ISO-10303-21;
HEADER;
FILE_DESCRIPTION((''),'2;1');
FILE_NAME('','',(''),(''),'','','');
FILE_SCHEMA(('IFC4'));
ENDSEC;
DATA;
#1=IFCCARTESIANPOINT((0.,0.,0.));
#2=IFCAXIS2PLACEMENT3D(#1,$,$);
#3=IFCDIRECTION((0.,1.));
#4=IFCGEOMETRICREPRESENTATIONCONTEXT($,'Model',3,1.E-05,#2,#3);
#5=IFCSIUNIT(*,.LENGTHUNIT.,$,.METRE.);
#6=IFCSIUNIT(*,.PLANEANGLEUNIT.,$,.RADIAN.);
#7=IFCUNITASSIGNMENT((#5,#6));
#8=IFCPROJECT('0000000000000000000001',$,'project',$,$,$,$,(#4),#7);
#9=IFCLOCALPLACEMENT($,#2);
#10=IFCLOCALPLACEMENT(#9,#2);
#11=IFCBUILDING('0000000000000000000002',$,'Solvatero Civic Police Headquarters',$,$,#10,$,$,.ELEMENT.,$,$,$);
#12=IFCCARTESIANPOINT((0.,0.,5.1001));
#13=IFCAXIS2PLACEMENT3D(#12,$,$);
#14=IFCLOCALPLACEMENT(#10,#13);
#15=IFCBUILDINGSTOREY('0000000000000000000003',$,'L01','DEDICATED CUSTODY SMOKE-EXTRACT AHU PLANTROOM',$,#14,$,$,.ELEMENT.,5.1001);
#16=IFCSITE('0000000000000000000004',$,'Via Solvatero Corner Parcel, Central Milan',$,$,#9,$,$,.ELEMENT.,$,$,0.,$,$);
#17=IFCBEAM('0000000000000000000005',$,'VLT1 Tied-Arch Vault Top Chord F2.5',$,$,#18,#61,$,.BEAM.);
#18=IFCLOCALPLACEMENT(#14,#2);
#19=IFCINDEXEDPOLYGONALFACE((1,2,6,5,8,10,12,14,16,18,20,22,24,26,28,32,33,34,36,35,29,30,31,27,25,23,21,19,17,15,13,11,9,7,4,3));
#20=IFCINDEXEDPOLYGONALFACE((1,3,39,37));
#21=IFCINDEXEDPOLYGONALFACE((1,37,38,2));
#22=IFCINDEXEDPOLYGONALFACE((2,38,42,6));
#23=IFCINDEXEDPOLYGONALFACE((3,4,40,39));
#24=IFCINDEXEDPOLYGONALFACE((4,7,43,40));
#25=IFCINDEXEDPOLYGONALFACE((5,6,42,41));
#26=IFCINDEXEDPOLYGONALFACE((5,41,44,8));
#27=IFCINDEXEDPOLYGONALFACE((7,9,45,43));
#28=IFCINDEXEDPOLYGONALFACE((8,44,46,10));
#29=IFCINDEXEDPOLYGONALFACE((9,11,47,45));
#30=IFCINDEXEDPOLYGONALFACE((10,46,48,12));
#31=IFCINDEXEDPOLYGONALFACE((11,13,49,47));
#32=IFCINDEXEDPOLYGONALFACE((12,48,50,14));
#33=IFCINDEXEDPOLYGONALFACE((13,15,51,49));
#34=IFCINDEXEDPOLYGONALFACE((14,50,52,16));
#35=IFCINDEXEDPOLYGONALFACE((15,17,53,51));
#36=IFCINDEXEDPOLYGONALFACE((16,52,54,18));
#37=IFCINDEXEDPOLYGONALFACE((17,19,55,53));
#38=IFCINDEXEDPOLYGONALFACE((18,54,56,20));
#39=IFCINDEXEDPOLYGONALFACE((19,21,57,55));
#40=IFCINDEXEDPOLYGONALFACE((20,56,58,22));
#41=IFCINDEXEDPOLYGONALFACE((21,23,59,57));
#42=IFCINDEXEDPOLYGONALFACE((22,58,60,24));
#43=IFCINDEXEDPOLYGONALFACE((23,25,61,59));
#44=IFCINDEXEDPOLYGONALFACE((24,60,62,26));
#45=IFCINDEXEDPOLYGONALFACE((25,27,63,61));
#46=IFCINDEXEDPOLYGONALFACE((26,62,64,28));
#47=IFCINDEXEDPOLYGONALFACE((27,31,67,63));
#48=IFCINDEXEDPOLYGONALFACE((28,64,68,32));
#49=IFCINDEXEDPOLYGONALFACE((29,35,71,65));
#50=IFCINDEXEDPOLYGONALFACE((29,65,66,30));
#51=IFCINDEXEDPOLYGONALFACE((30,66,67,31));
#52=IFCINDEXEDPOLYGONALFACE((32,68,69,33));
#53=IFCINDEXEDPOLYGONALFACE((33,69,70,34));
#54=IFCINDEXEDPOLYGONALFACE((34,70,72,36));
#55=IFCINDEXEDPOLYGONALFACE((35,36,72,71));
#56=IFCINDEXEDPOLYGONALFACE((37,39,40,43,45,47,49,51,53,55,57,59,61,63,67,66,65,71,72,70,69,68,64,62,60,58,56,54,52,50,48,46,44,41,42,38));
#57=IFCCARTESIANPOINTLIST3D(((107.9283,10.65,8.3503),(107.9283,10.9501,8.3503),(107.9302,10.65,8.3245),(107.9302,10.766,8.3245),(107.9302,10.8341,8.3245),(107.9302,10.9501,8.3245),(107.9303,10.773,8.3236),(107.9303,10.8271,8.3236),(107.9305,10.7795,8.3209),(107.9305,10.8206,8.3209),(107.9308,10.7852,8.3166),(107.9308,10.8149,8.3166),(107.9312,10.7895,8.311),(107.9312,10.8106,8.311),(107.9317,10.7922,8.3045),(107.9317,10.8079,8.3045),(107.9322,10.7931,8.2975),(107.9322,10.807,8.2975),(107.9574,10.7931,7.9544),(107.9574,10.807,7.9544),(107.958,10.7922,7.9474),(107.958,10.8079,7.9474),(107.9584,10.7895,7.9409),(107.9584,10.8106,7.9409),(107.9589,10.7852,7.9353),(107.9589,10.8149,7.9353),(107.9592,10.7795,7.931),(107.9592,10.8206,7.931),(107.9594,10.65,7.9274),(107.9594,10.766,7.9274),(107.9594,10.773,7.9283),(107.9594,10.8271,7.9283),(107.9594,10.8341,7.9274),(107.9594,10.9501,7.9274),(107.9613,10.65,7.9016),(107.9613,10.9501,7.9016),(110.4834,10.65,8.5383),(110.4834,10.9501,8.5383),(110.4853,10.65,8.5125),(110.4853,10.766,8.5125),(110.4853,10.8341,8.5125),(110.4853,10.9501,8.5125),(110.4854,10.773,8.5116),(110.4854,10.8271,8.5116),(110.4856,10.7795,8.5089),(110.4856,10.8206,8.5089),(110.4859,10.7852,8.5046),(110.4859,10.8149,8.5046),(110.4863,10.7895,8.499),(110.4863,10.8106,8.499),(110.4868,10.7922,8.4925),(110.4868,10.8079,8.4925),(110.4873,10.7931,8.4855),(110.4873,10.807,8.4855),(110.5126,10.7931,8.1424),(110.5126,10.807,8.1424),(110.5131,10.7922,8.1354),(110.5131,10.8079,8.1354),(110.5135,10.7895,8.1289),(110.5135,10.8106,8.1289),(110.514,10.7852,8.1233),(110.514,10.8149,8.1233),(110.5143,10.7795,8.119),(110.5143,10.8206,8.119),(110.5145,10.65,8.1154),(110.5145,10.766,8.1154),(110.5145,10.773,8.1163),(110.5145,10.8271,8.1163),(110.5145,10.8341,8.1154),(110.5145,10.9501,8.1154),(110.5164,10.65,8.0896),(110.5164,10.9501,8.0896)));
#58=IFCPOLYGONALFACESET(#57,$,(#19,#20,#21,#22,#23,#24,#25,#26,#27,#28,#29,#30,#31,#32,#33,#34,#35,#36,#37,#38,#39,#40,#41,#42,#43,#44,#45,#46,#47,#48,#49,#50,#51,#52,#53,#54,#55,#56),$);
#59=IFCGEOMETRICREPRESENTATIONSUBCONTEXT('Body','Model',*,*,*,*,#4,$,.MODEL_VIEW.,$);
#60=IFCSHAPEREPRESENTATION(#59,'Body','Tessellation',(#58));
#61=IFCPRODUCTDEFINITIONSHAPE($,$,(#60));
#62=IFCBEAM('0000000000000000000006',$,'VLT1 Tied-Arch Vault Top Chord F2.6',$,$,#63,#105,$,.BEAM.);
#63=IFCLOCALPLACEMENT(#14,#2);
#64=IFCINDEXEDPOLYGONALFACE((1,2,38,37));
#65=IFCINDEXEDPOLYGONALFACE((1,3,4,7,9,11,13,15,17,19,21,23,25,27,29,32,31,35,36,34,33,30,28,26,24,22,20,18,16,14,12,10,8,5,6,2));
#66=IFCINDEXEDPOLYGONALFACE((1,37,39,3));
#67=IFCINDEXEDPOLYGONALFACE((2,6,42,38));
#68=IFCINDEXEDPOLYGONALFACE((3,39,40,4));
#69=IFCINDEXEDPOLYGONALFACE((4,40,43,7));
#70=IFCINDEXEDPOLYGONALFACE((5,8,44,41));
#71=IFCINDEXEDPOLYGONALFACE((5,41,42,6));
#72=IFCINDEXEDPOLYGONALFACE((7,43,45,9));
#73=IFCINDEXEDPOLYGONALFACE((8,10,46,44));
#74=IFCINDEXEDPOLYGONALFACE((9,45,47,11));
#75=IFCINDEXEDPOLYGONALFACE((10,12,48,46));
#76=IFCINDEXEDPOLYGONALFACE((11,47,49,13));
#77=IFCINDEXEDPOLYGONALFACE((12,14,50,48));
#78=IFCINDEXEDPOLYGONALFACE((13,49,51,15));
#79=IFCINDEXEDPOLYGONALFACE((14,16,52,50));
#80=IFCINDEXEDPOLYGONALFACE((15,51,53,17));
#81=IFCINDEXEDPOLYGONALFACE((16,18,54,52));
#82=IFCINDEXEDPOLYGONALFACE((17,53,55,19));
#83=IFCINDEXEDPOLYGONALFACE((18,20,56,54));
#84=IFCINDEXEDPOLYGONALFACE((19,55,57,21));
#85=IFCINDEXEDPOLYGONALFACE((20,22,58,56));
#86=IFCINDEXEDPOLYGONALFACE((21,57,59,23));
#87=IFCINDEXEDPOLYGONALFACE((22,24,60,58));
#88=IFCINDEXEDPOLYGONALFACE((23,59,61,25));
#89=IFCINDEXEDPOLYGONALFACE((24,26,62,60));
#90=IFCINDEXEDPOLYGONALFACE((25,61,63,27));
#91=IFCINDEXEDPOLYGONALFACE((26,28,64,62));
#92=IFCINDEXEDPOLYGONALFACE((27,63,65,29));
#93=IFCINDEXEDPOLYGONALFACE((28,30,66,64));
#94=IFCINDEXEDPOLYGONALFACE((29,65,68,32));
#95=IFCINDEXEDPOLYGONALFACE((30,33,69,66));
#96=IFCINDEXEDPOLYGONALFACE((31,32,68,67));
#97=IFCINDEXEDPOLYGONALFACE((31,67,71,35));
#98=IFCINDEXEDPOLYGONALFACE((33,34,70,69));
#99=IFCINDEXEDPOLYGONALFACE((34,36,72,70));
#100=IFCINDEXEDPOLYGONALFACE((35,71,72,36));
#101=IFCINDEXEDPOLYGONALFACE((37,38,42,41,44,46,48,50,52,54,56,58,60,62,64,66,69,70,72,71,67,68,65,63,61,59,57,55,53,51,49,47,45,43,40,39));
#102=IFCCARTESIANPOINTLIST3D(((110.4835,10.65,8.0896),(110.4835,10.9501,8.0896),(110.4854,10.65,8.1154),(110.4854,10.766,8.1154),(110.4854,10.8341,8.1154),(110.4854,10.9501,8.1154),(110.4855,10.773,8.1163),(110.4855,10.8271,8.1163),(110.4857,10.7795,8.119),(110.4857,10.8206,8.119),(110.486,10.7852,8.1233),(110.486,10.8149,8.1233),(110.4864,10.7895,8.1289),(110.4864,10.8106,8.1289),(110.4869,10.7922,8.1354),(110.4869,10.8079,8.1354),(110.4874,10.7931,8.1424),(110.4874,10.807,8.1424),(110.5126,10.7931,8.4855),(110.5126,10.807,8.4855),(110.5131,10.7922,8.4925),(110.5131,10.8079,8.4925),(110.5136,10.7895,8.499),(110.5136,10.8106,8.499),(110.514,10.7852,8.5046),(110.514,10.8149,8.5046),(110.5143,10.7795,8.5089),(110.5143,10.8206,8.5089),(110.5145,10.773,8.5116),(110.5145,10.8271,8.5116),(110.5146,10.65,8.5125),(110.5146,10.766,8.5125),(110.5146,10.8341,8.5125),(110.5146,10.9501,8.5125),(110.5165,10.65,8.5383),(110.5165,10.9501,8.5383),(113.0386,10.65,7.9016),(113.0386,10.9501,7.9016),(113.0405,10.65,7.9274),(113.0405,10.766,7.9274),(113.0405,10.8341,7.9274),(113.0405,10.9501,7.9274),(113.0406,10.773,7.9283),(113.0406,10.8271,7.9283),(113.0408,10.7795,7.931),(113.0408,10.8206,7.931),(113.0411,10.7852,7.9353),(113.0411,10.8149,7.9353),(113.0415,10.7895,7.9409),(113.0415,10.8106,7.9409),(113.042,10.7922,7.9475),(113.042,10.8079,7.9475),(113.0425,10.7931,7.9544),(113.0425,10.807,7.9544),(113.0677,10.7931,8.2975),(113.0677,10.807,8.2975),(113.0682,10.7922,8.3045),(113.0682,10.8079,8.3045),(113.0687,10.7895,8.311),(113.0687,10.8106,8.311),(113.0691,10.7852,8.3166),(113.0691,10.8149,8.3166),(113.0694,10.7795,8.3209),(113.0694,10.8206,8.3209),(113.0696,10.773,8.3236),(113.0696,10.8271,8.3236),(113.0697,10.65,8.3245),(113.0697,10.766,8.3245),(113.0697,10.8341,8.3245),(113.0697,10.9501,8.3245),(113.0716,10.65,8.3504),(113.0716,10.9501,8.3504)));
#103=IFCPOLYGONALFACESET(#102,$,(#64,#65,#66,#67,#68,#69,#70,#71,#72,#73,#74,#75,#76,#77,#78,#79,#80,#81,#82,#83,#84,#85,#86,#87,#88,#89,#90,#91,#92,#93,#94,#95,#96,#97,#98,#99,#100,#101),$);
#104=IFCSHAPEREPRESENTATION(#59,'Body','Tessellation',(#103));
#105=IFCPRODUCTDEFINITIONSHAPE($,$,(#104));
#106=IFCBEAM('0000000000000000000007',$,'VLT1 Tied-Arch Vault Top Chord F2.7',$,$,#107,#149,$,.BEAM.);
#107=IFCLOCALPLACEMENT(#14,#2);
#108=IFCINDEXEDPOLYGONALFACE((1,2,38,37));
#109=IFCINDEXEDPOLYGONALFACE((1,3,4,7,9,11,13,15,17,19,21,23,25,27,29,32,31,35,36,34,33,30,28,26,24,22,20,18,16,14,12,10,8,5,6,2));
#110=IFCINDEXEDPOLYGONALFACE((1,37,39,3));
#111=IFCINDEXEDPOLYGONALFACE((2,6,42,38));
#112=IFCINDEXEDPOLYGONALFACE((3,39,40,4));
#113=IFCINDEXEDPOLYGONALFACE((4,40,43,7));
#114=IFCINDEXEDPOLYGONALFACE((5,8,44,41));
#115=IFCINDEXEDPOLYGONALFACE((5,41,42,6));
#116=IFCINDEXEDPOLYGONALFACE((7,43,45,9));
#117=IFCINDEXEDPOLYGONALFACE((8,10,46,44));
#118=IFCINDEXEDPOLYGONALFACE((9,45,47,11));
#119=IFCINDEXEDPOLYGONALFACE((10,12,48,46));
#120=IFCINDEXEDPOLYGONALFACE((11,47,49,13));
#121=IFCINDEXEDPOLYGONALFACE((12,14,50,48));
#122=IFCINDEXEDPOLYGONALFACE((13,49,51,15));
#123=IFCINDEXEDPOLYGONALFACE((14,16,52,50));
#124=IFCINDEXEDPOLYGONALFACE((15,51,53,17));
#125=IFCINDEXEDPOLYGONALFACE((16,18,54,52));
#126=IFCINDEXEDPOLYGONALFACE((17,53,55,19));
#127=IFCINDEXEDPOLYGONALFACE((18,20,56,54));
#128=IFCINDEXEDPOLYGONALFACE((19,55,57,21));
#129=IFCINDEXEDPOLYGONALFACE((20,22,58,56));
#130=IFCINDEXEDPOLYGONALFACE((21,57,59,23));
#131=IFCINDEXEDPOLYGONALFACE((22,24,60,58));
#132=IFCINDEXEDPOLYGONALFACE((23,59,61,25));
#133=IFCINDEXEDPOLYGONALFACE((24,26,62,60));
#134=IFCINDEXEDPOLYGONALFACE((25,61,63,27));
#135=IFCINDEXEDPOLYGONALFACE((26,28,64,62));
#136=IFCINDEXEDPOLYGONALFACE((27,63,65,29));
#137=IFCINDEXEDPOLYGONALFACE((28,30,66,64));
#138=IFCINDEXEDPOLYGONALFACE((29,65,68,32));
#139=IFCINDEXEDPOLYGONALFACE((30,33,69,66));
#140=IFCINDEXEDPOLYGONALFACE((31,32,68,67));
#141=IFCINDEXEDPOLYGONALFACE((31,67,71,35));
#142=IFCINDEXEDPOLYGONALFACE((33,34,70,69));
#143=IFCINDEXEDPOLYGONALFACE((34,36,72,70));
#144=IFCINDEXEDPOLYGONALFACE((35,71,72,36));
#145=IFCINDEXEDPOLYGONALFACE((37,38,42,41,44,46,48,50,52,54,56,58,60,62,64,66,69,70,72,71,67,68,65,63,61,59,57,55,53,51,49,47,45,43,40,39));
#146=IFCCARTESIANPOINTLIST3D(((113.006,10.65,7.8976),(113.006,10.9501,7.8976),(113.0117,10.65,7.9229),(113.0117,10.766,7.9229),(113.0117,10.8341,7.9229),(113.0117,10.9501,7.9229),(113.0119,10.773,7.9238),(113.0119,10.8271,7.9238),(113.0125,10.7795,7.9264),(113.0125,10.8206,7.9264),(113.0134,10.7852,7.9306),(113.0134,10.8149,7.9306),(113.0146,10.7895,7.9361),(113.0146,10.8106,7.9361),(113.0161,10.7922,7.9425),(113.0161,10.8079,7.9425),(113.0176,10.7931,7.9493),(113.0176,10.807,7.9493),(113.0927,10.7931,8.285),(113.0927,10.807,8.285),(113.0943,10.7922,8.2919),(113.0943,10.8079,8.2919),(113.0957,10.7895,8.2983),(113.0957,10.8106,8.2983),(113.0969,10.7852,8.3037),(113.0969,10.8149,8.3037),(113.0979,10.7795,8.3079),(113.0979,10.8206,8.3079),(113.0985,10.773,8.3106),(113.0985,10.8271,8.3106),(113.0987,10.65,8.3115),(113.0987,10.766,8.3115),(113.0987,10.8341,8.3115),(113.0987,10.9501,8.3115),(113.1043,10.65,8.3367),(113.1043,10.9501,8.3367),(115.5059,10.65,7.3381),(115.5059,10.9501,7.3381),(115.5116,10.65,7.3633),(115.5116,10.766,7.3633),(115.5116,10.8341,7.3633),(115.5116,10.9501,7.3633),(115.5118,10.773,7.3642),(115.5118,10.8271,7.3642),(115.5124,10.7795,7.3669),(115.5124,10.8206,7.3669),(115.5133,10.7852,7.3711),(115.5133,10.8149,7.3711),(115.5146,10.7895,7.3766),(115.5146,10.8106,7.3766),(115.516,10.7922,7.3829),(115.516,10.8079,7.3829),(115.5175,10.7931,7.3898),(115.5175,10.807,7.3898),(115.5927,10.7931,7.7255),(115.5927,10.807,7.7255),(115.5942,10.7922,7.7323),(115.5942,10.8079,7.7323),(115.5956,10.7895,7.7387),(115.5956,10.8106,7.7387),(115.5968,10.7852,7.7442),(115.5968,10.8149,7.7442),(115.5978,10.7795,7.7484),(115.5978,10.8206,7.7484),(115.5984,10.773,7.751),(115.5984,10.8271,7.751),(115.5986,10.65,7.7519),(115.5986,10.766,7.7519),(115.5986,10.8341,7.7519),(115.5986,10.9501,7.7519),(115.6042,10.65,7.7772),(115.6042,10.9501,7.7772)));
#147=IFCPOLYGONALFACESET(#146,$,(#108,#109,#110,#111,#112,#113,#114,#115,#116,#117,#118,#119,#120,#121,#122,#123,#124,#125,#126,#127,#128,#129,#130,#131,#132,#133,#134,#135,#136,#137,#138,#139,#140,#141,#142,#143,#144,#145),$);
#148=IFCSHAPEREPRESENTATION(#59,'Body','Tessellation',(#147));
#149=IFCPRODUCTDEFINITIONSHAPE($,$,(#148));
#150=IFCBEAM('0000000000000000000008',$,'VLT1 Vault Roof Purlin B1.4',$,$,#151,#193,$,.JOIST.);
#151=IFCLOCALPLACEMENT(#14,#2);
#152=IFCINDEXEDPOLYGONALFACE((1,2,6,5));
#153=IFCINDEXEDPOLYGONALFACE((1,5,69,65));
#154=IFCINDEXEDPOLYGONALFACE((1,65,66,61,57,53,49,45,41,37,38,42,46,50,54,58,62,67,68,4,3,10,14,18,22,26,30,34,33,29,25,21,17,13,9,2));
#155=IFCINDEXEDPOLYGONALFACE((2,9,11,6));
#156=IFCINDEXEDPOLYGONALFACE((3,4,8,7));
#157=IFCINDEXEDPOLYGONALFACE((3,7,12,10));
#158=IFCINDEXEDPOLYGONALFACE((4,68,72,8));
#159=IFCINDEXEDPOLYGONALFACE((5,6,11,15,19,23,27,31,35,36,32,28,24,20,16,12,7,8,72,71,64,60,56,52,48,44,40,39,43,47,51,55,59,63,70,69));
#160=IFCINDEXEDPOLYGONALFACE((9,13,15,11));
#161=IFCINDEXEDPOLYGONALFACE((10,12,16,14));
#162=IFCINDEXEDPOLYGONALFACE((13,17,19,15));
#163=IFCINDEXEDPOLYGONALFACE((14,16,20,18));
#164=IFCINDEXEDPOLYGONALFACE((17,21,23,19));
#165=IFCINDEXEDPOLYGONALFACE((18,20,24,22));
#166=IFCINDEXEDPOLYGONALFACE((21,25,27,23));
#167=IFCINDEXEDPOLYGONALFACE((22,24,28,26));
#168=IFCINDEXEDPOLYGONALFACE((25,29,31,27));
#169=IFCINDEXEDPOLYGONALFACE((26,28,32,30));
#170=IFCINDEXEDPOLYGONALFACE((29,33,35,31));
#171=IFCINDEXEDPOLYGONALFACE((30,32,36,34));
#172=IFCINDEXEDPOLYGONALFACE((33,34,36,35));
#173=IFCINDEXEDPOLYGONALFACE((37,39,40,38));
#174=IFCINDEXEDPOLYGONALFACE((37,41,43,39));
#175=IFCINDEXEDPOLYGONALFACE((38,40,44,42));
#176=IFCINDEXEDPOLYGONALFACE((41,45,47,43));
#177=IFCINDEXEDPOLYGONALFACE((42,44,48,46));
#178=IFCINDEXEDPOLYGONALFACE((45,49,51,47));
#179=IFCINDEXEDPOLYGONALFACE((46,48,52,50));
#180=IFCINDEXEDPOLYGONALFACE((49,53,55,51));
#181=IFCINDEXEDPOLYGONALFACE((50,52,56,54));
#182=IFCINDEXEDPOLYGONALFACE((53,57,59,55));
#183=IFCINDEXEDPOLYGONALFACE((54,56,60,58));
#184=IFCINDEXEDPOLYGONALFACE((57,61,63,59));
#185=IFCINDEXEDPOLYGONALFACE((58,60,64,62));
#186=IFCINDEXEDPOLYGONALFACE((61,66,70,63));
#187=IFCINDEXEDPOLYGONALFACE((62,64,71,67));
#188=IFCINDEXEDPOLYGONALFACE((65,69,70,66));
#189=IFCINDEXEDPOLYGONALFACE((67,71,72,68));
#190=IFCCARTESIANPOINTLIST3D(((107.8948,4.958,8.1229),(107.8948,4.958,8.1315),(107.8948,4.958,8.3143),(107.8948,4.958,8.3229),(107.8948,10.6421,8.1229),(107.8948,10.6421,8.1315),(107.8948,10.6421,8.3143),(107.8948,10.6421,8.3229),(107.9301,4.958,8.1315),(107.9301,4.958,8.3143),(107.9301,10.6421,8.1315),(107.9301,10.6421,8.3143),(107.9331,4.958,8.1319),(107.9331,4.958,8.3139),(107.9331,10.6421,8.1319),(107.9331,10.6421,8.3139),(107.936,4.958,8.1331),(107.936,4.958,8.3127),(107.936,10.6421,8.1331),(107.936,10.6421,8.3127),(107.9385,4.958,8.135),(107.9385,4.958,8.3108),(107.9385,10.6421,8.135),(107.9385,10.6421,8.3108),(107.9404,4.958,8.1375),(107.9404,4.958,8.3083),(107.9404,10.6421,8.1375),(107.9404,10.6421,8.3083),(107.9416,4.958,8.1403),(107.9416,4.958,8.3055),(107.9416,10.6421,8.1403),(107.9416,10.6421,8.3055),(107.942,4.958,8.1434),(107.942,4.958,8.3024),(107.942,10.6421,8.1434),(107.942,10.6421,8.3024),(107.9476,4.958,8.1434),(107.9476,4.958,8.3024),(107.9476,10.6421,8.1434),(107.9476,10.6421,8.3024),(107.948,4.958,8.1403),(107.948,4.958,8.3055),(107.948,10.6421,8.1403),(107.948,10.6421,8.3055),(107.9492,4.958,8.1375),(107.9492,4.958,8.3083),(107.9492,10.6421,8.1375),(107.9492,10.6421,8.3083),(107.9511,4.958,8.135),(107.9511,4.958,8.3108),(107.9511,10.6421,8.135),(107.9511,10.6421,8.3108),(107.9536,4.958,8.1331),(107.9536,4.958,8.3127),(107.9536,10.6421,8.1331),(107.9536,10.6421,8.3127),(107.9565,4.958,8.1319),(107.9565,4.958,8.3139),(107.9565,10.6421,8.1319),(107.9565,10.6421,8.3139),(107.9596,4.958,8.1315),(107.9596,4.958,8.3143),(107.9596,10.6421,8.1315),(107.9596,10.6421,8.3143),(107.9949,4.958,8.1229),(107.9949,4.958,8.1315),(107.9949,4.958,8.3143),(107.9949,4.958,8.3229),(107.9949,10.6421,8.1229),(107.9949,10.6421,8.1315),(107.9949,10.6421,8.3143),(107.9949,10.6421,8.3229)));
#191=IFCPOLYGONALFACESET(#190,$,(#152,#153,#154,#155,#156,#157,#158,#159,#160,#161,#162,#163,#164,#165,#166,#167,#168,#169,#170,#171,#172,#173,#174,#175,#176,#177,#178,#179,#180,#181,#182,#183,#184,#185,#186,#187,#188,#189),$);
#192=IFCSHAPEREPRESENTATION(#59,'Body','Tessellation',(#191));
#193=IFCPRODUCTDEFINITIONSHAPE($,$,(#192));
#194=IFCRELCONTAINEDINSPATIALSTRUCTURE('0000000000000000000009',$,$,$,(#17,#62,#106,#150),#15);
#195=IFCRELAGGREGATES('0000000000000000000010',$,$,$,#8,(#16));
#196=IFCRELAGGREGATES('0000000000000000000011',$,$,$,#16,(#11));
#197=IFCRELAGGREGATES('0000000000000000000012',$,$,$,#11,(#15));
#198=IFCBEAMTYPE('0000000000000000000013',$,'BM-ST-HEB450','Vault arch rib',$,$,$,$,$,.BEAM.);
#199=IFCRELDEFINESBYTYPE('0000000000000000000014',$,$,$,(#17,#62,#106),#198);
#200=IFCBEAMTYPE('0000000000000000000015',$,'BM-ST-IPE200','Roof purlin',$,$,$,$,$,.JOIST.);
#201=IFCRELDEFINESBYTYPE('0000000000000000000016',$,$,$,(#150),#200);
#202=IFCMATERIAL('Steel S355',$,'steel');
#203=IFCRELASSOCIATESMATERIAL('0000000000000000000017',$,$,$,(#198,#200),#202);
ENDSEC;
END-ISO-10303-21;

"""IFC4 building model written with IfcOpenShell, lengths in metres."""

from ifc_helpers import new_model, si_unit, direction, frame, origin, origin_2d, place, context, subcontext, project, spatial, i_section, extrude, material, material_profile, profile_set, type_object, element, save


model = new_model("IFC4")

# Units and contexts
model_context = context("Model", 3, precision=1e-05, world=origin(), true_north=direction((0.0, 1.0)))
body_context = subcontext(model_context, "Body", "Model", "MODEL_VIEW")
ifc_project = project(units=[si_unit("LENGTHUNIT", "METRE"), si_unit("PLANEANGLEUNIT", "RADIAN")], contexts=[model_context])

# Site, building, storey
site_placement = place(None, origin())
site = spatial("IfcSite", under=ifc_project, at=site_placement, Name="Via Solvatero Corner Parcel, Central Milan", CompositionType="ELEMENT", RefElevation=0.0)
building_placement = place(site_placement, origin())
building = spatial("IfcBuilding", under=site, at=building_placement, Name="Solvatero Civic Police Headquarters", CompositionType="ELEMENT")
storey_placement = place(building_placement, frame((0.0, 0.0, 5.1001)))
storey = spatial("IfcBuildingStorey", under=building, at=storey_placement, Name="L01", Description="DEDICATED CUSTODY SMOKE-EXTRACT AHU PLANTROOM", CompositionType="ELEMENT", Elevation=5.1001)

# Beams
ifc_material_1 = material(Name="Steel S355", Category="steel")
ifc_material_profile_1 = material_profile(ifc_material_1, i_section(OverallWidth=0.3, OverallDepth=0.45, WebThickness=0.0139, FlangeThickness=0.0259, FilletRadius=0.0271, at=origin_2d()), Name="HEB 450")
ifc_profile_set_1 = profile_set([ifc_material_profile_1], Name="Steel S355")
beam_type_1 = type_object("IfcBeamType", Name="BM-ST-HEB450", Description="Vault arch rib", PredefinedType="BEAM", material=ifc_profile_set_1)
for number, where, z_axis, x_axis, name in (
    (1, (107.9448, 10.8, 8.126), (0.997305, 0.0, 0.073373), (0.0, 1.0, 0.0), "VLT1 Tied-Arch Vault Top Chord F2.5"),
    (2, (110.5, 10.8, 8.314), (0.997305, 0.0, -0.073373), (0.0, 1.0, 0.0), "VLT1 Tied-Arch Vault Top Chord F2.6"),
):
    element("IfcBeam", number, at=place(storey_placement, frame(where, z_axis=z_axis, x_axis=x_axis)), inside=storey, type_object=beam_type_1, Name=name, PredefinedType="BEAM", context=body_context, shape_type="SweptSolid", body=[
        extrude(i_section(OverallWidth=0.3, OverallDepth=0.45, WebThickness=0.0139, FlangeThickness=0.0259, FilletRadius=0.0271, at=origin_2d()), origin(), (0.0, 0.0, 1.0), 2.562),
    ])
beam_placement = place(storey_placement, frame((113.0552, 10.8, 8.1172), z_axis=(0.975854, 0.0, -0.218424), x_axis=(0.0, 1.0, 0.0)))
element("IfcBeam", 3, at=beam_placement, inside=storey, type_object=beam_type_1, Name="VLT1 Tied-Arch Vault Top Chord F2.7", PredefinedType="BEAM", context=body_context, shape_type="SweptSolid", body=[
    extrude(i_section(OverallWidth=0.3, OverallDepth=0.45, WebThickness=0.0139, FlangeThickness=0.0259, FilletRadius=0.0271, at=origin_2d()), origin(), (0.0, 0.0, 1.0), 2.5618),
])
ifc_material_profile_2 = material_profile(ifc_material_1, i_section(OverallWidth=0.1001, OverallDepth=0.2, WebThickness=0.0056, FlangeThickness=0.0085, FilletRadius=0.012, at=origin_2d()), Name="IPE 200")
ifc_profile_set_2 = profile_set([ifc_material_profile_2], Name="Steel S355")
beam_type_2 = type_object("IfcBeamType", Name="BM-ST-IPE200", Description="Roof purlin", PredefinedType="JOIST", material=ifc_profile_set_2)
for number, where, z_axis, x_axis, name in (
    (4, (107.9448, 4.958, 8.2229), (0.0, 1.0, 0.0), (-1.0, 0.0, 0.0), "VLT1 Vault Roof Purlin B1.4"),
):
    element("IfcBeam", number, at=place(storey_placement, frame(where, z_axis=z_axis, x_axis=x_axis)), inside=storey, type_object=beam_type_2, Name=name, PredefinedType="JOIST", context=body_context, shape_type="SweptSolid", body=[
        extrude(i_section(OverallWidth=0.1001, OverallDepth=0.2, WebThickness=0.0056, FlangeThickness=0.0085, FilletRadius=0.012, at=origin_2d()), origin(), (0.0, 0.0, 1.0), 5.6841),
    ])

save(model, "model.ifc")
